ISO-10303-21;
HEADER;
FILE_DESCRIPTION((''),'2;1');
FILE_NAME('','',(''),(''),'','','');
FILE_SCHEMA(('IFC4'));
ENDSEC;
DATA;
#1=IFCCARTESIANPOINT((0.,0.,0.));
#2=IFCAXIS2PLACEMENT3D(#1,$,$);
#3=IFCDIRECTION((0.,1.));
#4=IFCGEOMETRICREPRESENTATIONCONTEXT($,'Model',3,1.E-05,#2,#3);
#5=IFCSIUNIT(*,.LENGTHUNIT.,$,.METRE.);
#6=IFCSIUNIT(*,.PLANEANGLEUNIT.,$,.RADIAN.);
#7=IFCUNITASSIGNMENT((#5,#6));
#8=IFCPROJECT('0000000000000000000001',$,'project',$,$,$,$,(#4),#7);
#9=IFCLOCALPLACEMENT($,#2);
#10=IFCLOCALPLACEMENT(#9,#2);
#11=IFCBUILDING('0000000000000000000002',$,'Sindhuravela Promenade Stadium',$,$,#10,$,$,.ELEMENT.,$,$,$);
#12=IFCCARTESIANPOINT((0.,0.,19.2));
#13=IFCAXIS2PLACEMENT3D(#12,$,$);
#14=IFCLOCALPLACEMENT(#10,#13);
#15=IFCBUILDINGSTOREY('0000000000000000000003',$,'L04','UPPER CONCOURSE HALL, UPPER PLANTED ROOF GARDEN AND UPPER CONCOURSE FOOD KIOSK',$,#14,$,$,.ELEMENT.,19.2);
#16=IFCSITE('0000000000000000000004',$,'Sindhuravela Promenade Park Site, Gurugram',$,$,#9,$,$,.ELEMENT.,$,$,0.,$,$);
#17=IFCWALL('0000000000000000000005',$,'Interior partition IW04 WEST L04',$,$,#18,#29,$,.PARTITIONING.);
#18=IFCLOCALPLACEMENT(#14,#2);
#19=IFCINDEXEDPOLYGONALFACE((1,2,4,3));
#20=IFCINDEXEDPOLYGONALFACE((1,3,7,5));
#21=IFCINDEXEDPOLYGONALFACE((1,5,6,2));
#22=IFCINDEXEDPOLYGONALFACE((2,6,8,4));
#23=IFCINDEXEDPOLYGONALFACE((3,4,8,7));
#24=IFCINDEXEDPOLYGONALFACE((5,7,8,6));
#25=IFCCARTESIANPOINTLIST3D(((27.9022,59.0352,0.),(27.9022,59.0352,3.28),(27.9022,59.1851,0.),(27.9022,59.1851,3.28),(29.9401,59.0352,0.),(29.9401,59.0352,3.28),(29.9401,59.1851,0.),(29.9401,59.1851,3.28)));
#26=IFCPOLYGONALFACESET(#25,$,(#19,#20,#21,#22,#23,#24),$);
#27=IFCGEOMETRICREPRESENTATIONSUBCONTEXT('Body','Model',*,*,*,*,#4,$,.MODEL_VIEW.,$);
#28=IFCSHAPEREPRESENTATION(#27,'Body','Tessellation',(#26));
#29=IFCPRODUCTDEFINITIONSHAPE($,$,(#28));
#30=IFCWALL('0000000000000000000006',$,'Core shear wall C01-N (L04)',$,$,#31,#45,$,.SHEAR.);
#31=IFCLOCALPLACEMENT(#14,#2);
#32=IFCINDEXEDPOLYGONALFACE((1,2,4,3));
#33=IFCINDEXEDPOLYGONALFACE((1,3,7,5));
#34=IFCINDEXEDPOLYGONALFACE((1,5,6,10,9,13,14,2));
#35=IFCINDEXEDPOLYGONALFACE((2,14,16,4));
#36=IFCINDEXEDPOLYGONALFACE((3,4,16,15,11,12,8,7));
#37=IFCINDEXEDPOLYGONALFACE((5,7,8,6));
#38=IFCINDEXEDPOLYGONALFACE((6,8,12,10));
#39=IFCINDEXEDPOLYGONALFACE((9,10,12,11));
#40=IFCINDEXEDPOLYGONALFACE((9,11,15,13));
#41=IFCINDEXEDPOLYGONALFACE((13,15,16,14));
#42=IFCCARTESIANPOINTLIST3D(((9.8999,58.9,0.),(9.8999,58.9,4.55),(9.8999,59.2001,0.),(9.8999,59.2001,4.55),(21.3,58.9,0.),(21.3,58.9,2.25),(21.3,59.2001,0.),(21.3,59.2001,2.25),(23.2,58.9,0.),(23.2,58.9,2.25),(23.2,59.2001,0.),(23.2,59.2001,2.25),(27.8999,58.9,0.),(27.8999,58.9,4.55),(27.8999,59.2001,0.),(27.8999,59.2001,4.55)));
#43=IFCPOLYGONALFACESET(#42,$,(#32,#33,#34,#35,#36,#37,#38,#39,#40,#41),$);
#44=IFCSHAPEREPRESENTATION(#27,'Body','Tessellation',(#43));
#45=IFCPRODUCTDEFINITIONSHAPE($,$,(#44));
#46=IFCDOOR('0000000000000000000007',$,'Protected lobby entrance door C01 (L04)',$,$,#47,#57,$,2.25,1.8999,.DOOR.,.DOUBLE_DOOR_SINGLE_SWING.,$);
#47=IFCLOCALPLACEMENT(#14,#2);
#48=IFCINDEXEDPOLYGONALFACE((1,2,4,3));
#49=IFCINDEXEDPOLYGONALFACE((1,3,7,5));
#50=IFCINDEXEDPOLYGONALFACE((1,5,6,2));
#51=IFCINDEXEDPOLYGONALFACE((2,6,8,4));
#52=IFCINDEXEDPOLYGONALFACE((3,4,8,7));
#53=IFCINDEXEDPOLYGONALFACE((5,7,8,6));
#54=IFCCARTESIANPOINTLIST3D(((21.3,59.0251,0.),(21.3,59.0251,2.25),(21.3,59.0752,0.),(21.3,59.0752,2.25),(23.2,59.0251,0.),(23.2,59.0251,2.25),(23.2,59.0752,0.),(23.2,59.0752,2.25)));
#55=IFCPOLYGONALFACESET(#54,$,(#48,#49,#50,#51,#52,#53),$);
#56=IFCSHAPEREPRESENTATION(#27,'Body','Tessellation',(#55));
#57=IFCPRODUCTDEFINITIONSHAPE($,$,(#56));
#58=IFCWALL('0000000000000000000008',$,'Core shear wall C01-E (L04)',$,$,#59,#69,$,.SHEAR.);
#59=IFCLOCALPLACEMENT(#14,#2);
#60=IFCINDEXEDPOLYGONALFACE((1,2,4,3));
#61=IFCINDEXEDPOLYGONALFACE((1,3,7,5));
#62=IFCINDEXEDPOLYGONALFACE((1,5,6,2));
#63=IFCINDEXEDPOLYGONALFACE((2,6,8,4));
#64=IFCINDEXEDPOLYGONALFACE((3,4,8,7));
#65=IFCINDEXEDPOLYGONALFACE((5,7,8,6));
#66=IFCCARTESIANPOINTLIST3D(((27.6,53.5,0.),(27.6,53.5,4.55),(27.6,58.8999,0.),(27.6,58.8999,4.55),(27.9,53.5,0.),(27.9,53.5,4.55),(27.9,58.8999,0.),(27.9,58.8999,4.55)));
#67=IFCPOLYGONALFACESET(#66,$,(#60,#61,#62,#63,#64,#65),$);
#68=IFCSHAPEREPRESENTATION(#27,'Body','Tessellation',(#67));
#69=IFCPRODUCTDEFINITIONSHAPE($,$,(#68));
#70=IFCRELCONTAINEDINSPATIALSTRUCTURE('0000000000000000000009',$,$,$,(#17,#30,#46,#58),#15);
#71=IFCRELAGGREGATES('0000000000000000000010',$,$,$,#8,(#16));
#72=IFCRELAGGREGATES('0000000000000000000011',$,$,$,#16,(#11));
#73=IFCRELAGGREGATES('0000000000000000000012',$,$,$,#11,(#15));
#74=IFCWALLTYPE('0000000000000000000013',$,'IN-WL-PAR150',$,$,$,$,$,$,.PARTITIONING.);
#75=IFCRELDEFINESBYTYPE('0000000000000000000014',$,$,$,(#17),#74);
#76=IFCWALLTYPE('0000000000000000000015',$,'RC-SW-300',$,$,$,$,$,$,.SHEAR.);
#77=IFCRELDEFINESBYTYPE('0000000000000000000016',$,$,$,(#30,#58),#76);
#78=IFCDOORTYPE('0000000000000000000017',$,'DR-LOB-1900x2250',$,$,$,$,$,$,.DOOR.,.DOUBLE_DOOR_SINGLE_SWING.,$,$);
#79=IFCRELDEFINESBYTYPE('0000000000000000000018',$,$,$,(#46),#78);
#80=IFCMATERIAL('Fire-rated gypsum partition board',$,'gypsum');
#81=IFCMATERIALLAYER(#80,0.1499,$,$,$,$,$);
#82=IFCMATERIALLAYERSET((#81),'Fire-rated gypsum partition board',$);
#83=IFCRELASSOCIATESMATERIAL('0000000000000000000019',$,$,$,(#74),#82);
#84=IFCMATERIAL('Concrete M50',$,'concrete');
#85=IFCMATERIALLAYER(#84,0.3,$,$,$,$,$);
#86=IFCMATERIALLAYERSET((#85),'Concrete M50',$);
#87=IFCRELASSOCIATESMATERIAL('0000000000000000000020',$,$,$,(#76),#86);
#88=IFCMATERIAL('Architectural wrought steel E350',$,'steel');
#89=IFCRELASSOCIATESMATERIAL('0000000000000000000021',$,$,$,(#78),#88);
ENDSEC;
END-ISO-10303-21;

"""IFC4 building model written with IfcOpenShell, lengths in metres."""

from ifc_helpers import new_model, si_unit, direction, frame, frame_2d, origin, place, context, subcontext, project, spatial, rectangle, extrude, material, layer, layer_set, type_object, element, fill, save


model = new_model("IFC4")

# Units and contexts
model_context = context("Model", 3, precision=1e-05, world=origin(), true_north=direction((0.0, 1.0)))
body_context = subcontext(model_context, "Body", "Model", "MODEL_VIEW")
ifc_project = project(units=[si_unit("LENGTHUNIT", "METRE"), si_unit("PLANEANGLEUNIT", "RADIAN")], contexts=[model_context])

# Site, building, storey
site_placement = place(None, origin())
site = spatial("IfcSite", under=ifc_project, at=site_placement, Name="Sindhuravela Promenade Park Site, Gurugram", CompositionType="ELEMENT", RefElevation=0.0)
building_placement = place(site_placement, origin())
building = spatial("IfcBuilding", under=site, at=building_placement, Name="Sindhuravela Promenade Stadium", CompositionType="ELEMENT")
storey_placement = place(building_placement, frame((0.0, 0.0, 19.2)))
storey = spatial("IfcBuildingStorey", under=building, at=storey_placement, Name="L04", Description="UPPER CONCOURSE HALL, UPPER PLANTED ROOF GARDEN AND UPPER CONCOURSE FOOD KIOSK", CompositionType="ELEMENT", Elevation=19.2)

# Shared definitions
ifc_material_1 = material(Name="Concrete M50", Category="concrete")

# Shared definitions
ifc_material_2 = material(Name="Fire-rated gypsum partition board", Category="gypsum")

# Wall
ifc_layer_1 = layer(ifc_material_2, 0.1499)
ifc_layer_set_1 = layer_set([ifc_layer_1], Name="Fire-rated gypsum partition board")
wall_type_1 = type_object("IfcWallType", Name="IN-WL-PAR150", PredefinedType="PARTITIONING", material=ifc_layer_set_1)
wall_1_placement = place(storey_placement, frame((27.9021, 59.1101, 0.0), z_axis=(0.0, 0.0, 1.0), x_axis=(1.0, 0.0, 0.0)))
element("IfcWall", 1, at=wall_1_placement, inside=storey, type_object=wall_type_1, Name="Interior partition IW04 WEST L04", PredefinedType="PARTITIONING", context=body_context, shape_type="SweptSolid", body=[
    extrude(rectangle(XDim=2.0378, YDim=0.1499, at=frame_2d((1.019, 0.0))), origin(), (0.0, 0.0, 1.0), 3.28),
])

# Wall, opening, door
ifc_layer_2 = layer(ifc_material_1, 0.3)
ifc_layer_set_2 = layer_set([ifc_layer_2], Name="Concrete M50")
wall_type_2 = type_object("IfcWallType", Name="RC-SW-300", PredefinedType="SHEAR", material=ifc_layer_set_2)
wall_2_placement = place(storey_placement, frame((27.8999, 59.05, 0.0), z_axis=(0.0, 0.0, 1.0), x_axis=(-1.0, 0.0, 0.0)))
wall_2 = element("IfcWall", 2, at=wall_2_placement, inside=storey, type_object=wall_type_2, Name="Core shear wall C01-N (L04)", PredefinedType="SHEAR", context=body_context, shape_type="SweptSolid", body=[
    extrude(rectangle(XDim=18.0, YDim=0.3, at=frame_2d((9.0, 0.0))), origin(), (0.0, 0.0, 1.0), 4.55),
])
opening_1_placement = place(wall_2_placement, frame((4.7, 0.0, 0.0)))
opening_1 = element("IfcOpeningElement", 3, at=opening_1_placement, cuts=wall_2, PredefinedType="OPENING", context=body_context, shape_type="SweptSolid", body=[
    extrude(rectangle(XDim=1.8999, YDim=2.25, at=frame_2d((0.95, 1.125))), frame((0.0, 0.1599, 0.0), z_axis=(0.0, -1.0, 0.0), x_axis=(1.0, 0.0, 0.0)), (0.0, 0.0, 1.0), 0.3201),
])
ifc_material_3 = material(Name="Architectural wrought steel E350", Category="steel")
door_type_1 = type_object("IfcDoorType", Name="DR-LOB-1900x2250", OperationType="DOUBLE_DOOR_SINGLE_SWING", PredefinedType="DOOR", material=ifc_material_3)
door_1_placement = place(opening_1_placement, origin())
door_1 = element("IfcDoor", 4, at=door_1_placement, inside=storey, type_object=door_type_1, Name="Protected lobby entrance door C01 (L04)", OperationType="DOUBLE_DOOR_SINGLE_SWING", OverallHeight=2.25, OverallWidth=1.8999, PredefinedType="DOOR", context=body_context, shape_type="SweptSolid", body=[
    extrude(rectangle(XDim=1.8999, YDim=2.25, at=frame_2d((0.95, 1.125))), frame((0.0, 0.0249, 0.0), z_axis=(0.0, -1.0, 0.0), x_axis=(1.0, 0.0, 0.0)), (0.0, 0.0, 1.0), 0.05),
])
fill(opening_1, door_1)

# Wall
wall_3_placement = place(storey_placement, frame((27.75, 53.5, 0.0), z_axis=(0.0, 0.0, 1.0), x_axis=(0.0, 1.0, 0.0)))
element("IfcWall", 5, at=wall_3_placement, inside=storey, type_object=wall_type_2, Name="Core shear wall C01-E (L04)", PredefinedType="SHEAR", context=body_context, shape_type="SweptSolid", body=[
    extrude(rectangle(XDim=5.3999, YDim=0.3, at=frame_2d((2.7, 0.0))), origin(), (0.0, 0.0, 1.0), 4.55),
])

save(model, "model.ifc")
